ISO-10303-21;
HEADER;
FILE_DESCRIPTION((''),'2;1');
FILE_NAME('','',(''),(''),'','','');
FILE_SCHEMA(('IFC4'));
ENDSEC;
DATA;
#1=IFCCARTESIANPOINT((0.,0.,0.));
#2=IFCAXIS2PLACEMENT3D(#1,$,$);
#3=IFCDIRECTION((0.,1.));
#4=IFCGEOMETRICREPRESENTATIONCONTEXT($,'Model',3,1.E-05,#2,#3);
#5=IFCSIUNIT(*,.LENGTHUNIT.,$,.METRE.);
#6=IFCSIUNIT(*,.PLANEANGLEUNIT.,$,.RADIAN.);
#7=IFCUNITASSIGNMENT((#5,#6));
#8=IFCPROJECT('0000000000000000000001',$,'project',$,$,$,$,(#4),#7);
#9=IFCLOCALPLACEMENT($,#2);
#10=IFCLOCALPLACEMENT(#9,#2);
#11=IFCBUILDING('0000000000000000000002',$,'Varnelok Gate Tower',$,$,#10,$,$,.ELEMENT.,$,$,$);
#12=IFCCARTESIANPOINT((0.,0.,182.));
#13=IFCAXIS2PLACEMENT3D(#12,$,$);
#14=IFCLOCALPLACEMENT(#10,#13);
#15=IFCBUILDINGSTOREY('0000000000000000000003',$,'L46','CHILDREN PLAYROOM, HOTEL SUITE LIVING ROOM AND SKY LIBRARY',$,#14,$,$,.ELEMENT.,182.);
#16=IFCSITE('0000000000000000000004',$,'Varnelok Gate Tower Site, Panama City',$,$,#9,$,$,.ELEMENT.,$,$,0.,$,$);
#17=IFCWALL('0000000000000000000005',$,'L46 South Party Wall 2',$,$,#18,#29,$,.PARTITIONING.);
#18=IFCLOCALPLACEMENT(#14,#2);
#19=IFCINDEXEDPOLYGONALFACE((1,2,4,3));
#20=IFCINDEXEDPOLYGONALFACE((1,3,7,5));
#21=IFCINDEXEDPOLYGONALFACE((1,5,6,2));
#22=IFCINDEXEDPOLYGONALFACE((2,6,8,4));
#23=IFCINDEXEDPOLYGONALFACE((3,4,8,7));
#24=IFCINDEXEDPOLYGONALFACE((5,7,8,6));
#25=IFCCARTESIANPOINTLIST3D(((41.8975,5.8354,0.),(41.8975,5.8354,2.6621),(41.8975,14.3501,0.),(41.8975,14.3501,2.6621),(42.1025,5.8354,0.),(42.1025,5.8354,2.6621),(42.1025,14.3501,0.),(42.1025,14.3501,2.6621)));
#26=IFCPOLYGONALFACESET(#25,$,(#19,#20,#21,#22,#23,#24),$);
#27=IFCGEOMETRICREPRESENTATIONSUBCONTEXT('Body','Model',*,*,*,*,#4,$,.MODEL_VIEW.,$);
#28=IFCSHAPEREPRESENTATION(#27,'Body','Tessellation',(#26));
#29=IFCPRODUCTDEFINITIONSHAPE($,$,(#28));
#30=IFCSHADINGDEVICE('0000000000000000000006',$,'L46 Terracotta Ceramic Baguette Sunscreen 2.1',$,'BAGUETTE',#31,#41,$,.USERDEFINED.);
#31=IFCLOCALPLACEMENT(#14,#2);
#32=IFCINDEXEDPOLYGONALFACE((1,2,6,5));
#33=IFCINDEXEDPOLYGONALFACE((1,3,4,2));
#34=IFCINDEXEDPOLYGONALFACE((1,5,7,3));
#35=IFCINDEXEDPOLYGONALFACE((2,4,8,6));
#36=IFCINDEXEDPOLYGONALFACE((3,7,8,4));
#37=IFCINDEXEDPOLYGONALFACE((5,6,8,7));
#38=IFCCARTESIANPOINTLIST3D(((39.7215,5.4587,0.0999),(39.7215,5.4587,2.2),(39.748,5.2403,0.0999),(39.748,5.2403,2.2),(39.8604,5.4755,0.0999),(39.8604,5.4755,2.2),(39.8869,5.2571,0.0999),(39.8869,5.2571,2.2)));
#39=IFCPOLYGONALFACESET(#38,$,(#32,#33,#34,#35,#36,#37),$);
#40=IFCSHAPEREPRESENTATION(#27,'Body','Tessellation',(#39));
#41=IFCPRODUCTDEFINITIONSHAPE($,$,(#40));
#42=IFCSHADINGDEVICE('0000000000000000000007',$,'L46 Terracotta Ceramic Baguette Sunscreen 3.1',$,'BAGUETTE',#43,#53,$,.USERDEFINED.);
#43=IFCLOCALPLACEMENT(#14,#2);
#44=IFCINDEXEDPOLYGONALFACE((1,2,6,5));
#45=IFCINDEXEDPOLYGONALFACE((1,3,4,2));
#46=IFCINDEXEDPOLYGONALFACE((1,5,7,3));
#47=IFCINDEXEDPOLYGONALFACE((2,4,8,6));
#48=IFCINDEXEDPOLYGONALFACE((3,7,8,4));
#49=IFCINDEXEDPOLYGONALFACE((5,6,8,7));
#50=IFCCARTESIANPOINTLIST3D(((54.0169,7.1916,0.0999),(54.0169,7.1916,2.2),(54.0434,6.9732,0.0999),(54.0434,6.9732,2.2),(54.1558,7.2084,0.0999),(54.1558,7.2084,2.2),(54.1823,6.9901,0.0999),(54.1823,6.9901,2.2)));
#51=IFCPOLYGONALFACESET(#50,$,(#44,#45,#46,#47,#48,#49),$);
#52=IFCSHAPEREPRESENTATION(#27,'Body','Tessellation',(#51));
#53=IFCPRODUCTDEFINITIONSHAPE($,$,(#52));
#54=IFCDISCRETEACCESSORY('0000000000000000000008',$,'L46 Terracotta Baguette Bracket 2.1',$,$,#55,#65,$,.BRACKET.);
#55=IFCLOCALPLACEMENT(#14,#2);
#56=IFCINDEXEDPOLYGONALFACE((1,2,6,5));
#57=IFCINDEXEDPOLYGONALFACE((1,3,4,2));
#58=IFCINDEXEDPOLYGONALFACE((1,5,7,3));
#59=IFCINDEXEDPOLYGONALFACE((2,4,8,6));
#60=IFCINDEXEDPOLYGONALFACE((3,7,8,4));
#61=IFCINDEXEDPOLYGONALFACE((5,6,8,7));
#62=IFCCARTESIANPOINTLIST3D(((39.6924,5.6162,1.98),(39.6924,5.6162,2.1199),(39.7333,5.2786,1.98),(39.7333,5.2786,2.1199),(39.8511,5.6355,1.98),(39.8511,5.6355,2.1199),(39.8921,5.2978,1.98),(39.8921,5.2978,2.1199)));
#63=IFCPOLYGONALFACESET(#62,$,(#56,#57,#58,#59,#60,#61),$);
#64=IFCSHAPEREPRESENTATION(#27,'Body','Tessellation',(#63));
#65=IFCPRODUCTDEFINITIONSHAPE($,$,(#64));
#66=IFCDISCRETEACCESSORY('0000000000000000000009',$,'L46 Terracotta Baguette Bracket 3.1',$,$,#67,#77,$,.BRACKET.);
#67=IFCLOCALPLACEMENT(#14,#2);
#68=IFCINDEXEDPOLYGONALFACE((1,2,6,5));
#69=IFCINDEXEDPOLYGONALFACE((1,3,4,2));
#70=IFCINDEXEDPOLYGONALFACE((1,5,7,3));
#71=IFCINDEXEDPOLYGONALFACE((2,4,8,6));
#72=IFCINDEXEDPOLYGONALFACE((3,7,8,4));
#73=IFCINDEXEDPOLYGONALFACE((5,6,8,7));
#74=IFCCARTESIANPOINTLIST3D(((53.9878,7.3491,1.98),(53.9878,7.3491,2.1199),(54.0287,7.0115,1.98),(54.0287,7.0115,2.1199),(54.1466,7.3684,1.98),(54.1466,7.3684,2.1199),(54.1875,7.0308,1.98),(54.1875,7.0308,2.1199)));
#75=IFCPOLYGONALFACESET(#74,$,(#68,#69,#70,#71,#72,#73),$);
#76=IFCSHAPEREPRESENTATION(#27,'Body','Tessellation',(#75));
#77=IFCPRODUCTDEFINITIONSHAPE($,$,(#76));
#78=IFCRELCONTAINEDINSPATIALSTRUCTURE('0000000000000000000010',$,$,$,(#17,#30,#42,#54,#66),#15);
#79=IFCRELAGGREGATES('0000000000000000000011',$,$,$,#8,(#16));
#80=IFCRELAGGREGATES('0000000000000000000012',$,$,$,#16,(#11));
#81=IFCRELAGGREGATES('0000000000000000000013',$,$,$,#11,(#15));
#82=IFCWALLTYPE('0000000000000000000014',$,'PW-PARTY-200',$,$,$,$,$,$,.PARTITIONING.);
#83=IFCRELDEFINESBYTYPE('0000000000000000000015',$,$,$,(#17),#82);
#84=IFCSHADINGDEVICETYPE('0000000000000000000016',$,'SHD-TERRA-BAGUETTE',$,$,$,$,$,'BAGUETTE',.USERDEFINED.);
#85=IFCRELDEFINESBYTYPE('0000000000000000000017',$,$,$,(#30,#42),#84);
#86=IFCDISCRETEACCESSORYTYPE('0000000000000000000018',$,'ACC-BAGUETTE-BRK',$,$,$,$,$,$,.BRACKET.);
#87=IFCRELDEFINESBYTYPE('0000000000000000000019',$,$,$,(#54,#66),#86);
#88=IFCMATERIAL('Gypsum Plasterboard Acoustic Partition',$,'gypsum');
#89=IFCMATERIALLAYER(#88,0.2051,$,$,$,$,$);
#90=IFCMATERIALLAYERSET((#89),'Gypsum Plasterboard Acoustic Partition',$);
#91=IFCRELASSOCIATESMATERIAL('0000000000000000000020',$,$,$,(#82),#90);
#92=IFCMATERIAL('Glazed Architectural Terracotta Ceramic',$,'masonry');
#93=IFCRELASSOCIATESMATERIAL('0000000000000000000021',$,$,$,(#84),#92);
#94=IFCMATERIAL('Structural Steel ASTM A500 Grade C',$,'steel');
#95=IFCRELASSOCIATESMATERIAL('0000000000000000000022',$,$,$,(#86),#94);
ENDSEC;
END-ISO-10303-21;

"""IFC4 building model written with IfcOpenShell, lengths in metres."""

from ifc_helpers import new_model, si_unit, direction, frame, frame_2d, origin, origin_2d, place, context, subcontext, project, spatial, rectangle, extrude, source, transform, mapped, material, layer, layer_set, type_object, element, save


model = new_model("IFC4")

# Units and contexts
model_context = context("Model", 3, precision=1e-05, world=origin(), true_north=direction((0.0, 1.0)))
body_context = subcontext(model_context, "Body", "Model", "MODEL_VIEW")
ifc_project = project(units=[si_unit("LENGTHUNIT", "METRE"), si_unit("PLANEANGLEUNIT", "RADIAN")], contexts=[model_context])

# Site, building, storey
site_placement = place(None, origin())
site = spatial("IfcSite", under=ifc_project, at=site_placement, Name="Varnelok Gate Tower Site, Panama City", CompositionType="ELEMENT", RefElevation=0.0)
building_placement = place(site_placement, origin())
building = spatial("IfcBuilding", under=site, at=building_placement, Name="Varnelok Gate Tower", CompositionType="ELEMENT")
storey_placement = place(building_placement, frame((0.0, 0.0, 182.0)))
storey = spatial("IfcBuildingStorey", under=building, at=storey_placement, Name="L46", Description="CHILDREN PLAYROOM, HOTEL SUITE LIVING ROOM AND SKY LIBRARY", CompositionType="ELEMENT", Elevation=182.0)

# Shared definitions
ifc_material_1 = material(Name="Gypsum Plasterboard Acoustic Partition", Category="gypsum")

# Wall
ifc_layer_1 = layer(ifc_material_1, 0.2051)
ifc_layer_set_1 = layer_set([ifc_layer_1], Name="Gypsum Plasterboard Acoustic Partition")
wall_type_1 = type_object("IfcWallType", Name="PW-PARTY-200", PredefinedType="PARTITIONING", material=ifc_layer_set_1)
wall_1_placement = place(storey_placement, frame((42.0, 5.8354, 0.0), z_axis=(0.0, 0.0, 1.0), x_axis=(0.0, 1.0, 0.0)))
element("IfcWall", 1, at=wall_1_placement, inside=storey, type_object=wall_type_1, Name="L46 South Party Wall 2", PredefinedType="PARTITIONING", context=body_context, shape_type="SweptSolid", body=[
    extrude(rectangle(XDim=8.5146, YDim=0.2051, at=frame_2d((4.2573, 0.0))), origin(), (0.0, 0.0, 1.0), 2.6621),
])

# Shading devices
ifc_material_2 = material(Name="Glazed Architectural Terracotta Ceramic", Category="masonry")
shading_device_type = type_object("IfcShadingDeviceType", Name="SHD-TERRA-BAGUETTE", ElementType="BAGUETTE", PredefinedType="USERDEFINED", material=ifc_material_2)
shared_shape_1 = source(origin(), body_context, "Body", "SweptSolid", [
    extrude(rectangle(XDim=0.1399, YDim=0.22, at=origin_2d()), origin(), (0.0, 0.0, 1.0), 2.1001),
])
for number, where, z_axis, x_axis, name in (
    (2, (39.8042, 5.3579, 0.0999), (0.0, 0.0, 1.0), (0.992732, 0.120345, 0.0), "L46 Terracotta Ceramic Baguette Sunscreen 2.1"),
    (3, (54.0996, 7.0908, 0.0999), (0.0, 0.0, 1.0), (0.992732, 0.120345, 0.0), "L46 Terracotta Ceramic Baguette Sunscreen 3.1"),
):
    element("IfcShadingDevice", number, at=place(storey_placement, frame(where, z_axis=z_axis, x_axis=x_axis)), inside=storey, type_object=shading_device_type, Name=name, ObjectType="BAGUETTE", PredefinedType="USERDEFINED", context=body_context, shape_type="MappedRepresentation", body=[
        mapped(shared_shape_1, transform((0.0, 0.0, 0.0), scale=1.0)),
    ])

# Discrete accessories
ifc_material_3 = material(Name="Structural Steel ASTM A500 Grade C", Category="steel")
discrete_accessory_type = type_object("IfcDiscreteAccessoryType", Name="ACC-BAGUETTE-BRK", PredefinedType="BRACKET", material=ifc_material_3)
shared_shape_2 = source(origin(), body_context, "Body", "SweptSolid", [
    extrude(rectangle(XDim=0.1599, YDim=0.3401, at=origin_2d()), origin(), (0.0, 0.0, 1.0), 0.1399),
])
for number, where, z_axis, x_axis, name in (
    (4, (39.7922, 5.457, 1.98), (0.0, 0.0, 1.0), (0.992732, 0.120345, 0.0), "L46 Terracotta Baguette Bracket 2.1"),
    (5, (54.0876, 7.1899, 1.98), (0.0, 0.0, 1.0), (0.992732, 0.120345, 0.0), "L46 Terracotta Baguette Bracket 3.1"),
):
    element("IfcDiscreteAccessory", number, at=place(storey_placement, frame(where, z_axis=z_axis, x_axis=x_axis)), inside=storey, type_object=discrete_accessory_type, Name=name, PredefinedType="BRACKET", context=body_context, shape_type="MappedRepresentation", body=[
        mapped(shared_shape_2, transform((0.0, 0.0, 0.0), scale=1.0)),
    ])

save(model, "model.ifc")
